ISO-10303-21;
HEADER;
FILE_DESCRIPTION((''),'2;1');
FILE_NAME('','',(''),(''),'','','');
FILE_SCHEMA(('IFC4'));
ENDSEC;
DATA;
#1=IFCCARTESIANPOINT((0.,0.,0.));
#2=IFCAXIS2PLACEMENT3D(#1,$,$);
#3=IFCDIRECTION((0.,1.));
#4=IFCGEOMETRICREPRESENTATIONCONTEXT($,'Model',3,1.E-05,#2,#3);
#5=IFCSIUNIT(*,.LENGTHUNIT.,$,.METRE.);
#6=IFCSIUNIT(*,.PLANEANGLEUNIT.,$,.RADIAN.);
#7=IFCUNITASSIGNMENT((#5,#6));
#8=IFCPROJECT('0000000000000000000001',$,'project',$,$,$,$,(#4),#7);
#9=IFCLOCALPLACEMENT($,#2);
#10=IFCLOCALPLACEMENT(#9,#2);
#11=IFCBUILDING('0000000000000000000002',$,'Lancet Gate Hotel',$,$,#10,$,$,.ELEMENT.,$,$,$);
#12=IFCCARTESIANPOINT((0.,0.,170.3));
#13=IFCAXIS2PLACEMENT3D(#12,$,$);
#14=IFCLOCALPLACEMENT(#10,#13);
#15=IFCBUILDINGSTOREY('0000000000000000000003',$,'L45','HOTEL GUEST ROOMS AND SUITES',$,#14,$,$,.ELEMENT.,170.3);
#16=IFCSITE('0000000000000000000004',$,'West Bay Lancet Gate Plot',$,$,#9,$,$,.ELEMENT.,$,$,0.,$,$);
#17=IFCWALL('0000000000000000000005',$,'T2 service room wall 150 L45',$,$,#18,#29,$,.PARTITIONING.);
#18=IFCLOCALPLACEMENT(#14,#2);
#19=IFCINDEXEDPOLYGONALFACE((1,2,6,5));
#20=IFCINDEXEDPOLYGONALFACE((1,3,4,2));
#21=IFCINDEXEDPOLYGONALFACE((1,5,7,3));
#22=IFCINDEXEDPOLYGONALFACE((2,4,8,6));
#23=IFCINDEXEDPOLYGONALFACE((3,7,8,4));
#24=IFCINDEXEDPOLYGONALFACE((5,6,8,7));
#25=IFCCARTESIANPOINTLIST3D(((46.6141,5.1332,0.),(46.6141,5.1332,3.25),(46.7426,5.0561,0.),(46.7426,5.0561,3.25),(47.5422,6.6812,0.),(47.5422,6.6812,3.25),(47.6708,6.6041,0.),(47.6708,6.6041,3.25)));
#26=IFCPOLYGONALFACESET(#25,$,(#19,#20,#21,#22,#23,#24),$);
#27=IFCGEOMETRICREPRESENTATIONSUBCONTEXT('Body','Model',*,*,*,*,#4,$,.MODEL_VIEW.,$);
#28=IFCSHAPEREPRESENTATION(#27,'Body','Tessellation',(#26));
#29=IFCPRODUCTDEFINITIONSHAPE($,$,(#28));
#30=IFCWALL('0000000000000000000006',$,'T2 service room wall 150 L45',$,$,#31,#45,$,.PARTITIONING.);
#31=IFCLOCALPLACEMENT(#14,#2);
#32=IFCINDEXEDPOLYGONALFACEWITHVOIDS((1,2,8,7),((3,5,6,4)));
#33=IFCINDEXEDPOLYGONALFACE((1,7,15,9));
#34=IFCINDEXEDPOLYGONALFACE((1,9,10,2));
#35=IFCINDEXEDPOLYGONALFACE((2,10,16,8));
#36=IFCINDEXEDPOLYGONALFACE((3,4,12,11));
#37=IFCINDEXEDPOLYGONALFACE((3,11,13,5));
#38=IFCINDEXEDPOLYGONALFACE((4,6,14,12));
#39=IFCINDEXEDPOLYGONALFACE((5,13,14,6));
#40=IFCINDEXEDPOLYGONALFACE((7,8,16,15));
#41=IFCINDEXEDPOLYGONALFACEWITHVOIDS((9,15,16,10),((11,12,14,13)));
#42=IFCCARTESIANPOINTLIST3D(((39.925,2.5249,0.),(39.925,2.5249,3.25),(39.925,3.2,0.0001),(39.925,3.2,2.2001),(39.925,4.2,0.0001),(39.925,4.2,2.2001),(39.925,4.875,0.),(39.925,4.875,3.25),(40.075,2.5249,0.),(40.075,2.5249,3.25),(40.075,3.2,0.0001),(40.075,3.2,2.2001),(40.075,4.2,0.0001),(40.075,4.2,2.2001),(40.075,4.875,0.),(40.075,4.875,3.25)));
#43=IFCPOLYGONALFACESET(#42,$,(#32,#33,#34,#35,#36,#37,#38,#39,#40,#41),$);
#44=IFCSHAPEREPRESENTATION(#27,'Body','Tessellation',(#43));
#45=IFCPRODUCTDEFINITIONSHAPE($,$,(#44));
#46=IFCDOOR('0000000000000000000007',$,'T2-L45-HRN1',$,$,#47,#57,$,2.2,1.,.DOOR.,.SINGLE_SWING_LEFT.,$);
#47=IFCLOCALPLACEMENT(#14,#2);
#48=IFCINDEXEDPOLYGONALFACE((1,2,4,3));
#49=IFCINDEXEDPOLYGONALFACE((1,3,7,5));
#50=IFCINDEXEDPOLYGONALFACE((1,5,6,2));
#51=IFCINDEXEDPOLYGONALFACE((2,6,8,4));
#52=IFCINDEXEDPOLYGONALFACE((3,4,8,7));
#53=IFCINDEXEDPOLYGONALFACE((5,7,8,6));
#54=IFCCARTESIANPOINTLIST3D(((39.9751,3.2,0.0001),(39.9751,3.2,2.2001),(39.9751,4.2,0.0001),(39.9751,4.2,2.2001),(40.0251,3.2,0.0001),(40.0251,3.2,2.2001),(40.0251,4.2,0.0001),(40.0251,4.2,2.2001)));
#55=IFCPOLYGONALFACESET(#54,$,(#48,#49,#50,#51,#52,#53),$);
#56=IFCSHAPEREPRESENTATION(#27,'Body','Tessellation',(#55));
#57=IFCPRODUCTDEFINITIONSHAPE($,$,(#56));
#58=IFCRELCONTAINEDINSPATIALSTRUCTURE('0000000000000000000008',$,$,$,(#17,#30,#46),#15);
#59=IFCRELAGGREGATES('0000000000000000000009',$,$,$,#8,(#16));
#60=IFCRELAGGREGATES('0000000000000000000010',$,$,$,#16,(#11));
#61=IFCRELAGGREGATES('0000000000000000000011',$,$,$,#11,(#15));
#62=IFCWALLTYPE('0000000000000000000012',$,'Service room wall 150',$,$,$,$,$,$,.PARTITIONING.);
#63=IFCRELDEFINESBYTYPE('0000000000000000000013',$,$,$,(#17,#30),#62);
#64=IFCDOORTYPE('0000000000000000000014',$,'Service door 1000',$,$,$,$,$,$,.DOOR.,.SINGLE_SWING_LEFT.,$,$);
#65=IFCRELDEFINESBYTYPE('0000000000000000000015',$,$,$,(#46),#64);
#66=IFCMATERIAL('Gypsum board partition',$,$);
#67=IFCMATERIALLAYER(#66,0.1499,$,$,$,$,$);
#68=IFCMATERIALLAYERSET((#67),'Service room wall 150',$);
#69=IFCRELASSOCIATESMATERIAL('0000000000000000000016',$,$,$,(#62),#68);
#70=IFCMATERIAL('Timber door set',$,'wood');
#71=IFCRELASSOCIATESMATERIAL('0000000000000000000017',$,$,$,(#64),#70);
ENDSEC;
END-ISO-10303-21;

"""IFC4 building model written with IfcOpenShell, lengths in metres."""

from ifc_helpers import new_model, si_unit, direction, frame, frame_2d, origin, place, context, subcontext, project, spatial, rectangle, extrude, material, layer, layer_set, type_object, element, fill, save


model = new_model("IFC4")

# Units and contexts
model_context = context("Model", 3, precision=1e-05, world=origin(), true_north=direction((0.0, 1.0)))
body_context = subcontext(model_context, "Body", "Model", "MODEL_VIEW")
ifc_project = project(units=[si_unit("LENGTHUNIT", "METRE"), si_unit("PLANEANGLEUNIT", "RADIAN")], contexts=[model_context])

# Site, building, storey
site_placement = place(None, origin())
site = spatial("IfcSite", under=ifc_project, at=site_placement, Name="West Bay Lancet Gate Plot", CompositionType="ELEMENT", RefElevation=0.0)
building_placement = place(site_placement, origin())
building = spatial("IfcBuilding", under=site, at=building_placement, Name="Lancet Gate Hotel", CompositionType="ELEMENT")
storey_placement = place(building_placement, frame((0.0, 0.0, 170.3)))
storey = spatial("IfcBuildingStorey", under=building, at=storey_placement, Name="L45", Description="HOTEL GUEST ROOMS AND SUITES", CompositionType="ELEMENT", Elevation=170.3)

# Wall
ifc_material_1 = material(Name="Gypsum board partition")
ifc_layer_1 = layer(ifc_material_1, 0.1499)
ifc_layer_set_1 = layer_set([ifc_layer_1], Name="Service room wall 150")
wall_type_1 = type_object("IfcWallType", Name="Service room wall 150", PredefinedType="PARTITIONING", material=ifc_layer_set_1)
wall_1_placement = place(storey_placement, frame((47.6064, 6.6426, 0.0), z_axis=(0.0, 0.0, 1.0), x_axis=(-0.514237, -0.857648, 0.0)))
element("IfcWall", 1, at=wall_1_placement, inside=storey, type_object=wall_type_1, Name="T2 service room wall 150 L45", PredefinedType="PARTITIONING", context=body_context, shape_type="SweptSolid", body=[
    extrude(rectangle(XDim=1.8049, YDim=0.1499, at=frame_2d((0.9023, 0.0))), origin(), (0.0, 0.0, 1.0), 3.25),
])

# Wall, opening, door
wall_2_placement = place(storey_placement, frame((40.0, 2.5249, 0.0), z_axis=(0.0, 0.0, 1.0), x_axis=(0.0, 1.0, 0.0)))
wall_2 = element("IfcWall", 2, at=wall_2_placement, inside=storey, type_object=wall_type_1, Name="T2 service room wall 150 L45", PredefinedType="PARTITIONING", context=body_context, shape_type="SweptSolid", body=[
    extrude(rectangle(XDim=2.3501, YDim=0.1499, at=frame_2d((1.175, 0.0))), origin(), (0.0, 0.0, 1.0), 3.25),
])
opening_1_placement = place(wall_2_placement, frame((0.675, 0.0, 0.0)))
opening_1 = element("IfcOpeningElement", 3, at=opening_1_placement, cuts=wall_2, PredefinedType="OPENING", context=body_context, shape_type="SweptSolid", body=[
    extrude(rectangle(XDim=1.0, YDim=2.2, at=frame_2d((0.5, 1.1001))), frame((0.0, 0.085, 0.0), z_axis=(0.0, -1.0, 0.0), x_axis=(1.0, 0.0, 0.0)), (0.0, 0.0, 1.0), 0.1699),
])
ifc_material_2 = material(Name="Timber door set", Category="wood")
door_type_1 = type_object("IfcDoorType", Name="Service door 1000", OperationType="SINGLE_SWING_LEFT", PredefinedType="DOOR", material=ifc_material_2)
door_1_placement = place(opening_1_placement, origin())
door_1 = element("IfcDoor", 4, at=door_1_placement, inside=storey, type_object=door_type_1, Name="T2-L45-HRN1", OperationType="SINGLE_SWING_LEFT", OverallHeight=2.2, OverallWidth=1.0, PredefinedType="DOOR", context=body_context, shape_type="SweptSolid", body=[
    extrude(rectangle(XDim=1.0, YDim=2.2, at=frame_2d((0.5, 1.1001))), frame((0.0, 0.0249, 0.0), z_axis=(0.0, -1.0, 0.0), x_axis=(1.0, 0.0, 0.0)), (0.0, 0.0, 1.0), 0.05),
])
fill(opening_1, door_1)

save(model, "model.ifc")
